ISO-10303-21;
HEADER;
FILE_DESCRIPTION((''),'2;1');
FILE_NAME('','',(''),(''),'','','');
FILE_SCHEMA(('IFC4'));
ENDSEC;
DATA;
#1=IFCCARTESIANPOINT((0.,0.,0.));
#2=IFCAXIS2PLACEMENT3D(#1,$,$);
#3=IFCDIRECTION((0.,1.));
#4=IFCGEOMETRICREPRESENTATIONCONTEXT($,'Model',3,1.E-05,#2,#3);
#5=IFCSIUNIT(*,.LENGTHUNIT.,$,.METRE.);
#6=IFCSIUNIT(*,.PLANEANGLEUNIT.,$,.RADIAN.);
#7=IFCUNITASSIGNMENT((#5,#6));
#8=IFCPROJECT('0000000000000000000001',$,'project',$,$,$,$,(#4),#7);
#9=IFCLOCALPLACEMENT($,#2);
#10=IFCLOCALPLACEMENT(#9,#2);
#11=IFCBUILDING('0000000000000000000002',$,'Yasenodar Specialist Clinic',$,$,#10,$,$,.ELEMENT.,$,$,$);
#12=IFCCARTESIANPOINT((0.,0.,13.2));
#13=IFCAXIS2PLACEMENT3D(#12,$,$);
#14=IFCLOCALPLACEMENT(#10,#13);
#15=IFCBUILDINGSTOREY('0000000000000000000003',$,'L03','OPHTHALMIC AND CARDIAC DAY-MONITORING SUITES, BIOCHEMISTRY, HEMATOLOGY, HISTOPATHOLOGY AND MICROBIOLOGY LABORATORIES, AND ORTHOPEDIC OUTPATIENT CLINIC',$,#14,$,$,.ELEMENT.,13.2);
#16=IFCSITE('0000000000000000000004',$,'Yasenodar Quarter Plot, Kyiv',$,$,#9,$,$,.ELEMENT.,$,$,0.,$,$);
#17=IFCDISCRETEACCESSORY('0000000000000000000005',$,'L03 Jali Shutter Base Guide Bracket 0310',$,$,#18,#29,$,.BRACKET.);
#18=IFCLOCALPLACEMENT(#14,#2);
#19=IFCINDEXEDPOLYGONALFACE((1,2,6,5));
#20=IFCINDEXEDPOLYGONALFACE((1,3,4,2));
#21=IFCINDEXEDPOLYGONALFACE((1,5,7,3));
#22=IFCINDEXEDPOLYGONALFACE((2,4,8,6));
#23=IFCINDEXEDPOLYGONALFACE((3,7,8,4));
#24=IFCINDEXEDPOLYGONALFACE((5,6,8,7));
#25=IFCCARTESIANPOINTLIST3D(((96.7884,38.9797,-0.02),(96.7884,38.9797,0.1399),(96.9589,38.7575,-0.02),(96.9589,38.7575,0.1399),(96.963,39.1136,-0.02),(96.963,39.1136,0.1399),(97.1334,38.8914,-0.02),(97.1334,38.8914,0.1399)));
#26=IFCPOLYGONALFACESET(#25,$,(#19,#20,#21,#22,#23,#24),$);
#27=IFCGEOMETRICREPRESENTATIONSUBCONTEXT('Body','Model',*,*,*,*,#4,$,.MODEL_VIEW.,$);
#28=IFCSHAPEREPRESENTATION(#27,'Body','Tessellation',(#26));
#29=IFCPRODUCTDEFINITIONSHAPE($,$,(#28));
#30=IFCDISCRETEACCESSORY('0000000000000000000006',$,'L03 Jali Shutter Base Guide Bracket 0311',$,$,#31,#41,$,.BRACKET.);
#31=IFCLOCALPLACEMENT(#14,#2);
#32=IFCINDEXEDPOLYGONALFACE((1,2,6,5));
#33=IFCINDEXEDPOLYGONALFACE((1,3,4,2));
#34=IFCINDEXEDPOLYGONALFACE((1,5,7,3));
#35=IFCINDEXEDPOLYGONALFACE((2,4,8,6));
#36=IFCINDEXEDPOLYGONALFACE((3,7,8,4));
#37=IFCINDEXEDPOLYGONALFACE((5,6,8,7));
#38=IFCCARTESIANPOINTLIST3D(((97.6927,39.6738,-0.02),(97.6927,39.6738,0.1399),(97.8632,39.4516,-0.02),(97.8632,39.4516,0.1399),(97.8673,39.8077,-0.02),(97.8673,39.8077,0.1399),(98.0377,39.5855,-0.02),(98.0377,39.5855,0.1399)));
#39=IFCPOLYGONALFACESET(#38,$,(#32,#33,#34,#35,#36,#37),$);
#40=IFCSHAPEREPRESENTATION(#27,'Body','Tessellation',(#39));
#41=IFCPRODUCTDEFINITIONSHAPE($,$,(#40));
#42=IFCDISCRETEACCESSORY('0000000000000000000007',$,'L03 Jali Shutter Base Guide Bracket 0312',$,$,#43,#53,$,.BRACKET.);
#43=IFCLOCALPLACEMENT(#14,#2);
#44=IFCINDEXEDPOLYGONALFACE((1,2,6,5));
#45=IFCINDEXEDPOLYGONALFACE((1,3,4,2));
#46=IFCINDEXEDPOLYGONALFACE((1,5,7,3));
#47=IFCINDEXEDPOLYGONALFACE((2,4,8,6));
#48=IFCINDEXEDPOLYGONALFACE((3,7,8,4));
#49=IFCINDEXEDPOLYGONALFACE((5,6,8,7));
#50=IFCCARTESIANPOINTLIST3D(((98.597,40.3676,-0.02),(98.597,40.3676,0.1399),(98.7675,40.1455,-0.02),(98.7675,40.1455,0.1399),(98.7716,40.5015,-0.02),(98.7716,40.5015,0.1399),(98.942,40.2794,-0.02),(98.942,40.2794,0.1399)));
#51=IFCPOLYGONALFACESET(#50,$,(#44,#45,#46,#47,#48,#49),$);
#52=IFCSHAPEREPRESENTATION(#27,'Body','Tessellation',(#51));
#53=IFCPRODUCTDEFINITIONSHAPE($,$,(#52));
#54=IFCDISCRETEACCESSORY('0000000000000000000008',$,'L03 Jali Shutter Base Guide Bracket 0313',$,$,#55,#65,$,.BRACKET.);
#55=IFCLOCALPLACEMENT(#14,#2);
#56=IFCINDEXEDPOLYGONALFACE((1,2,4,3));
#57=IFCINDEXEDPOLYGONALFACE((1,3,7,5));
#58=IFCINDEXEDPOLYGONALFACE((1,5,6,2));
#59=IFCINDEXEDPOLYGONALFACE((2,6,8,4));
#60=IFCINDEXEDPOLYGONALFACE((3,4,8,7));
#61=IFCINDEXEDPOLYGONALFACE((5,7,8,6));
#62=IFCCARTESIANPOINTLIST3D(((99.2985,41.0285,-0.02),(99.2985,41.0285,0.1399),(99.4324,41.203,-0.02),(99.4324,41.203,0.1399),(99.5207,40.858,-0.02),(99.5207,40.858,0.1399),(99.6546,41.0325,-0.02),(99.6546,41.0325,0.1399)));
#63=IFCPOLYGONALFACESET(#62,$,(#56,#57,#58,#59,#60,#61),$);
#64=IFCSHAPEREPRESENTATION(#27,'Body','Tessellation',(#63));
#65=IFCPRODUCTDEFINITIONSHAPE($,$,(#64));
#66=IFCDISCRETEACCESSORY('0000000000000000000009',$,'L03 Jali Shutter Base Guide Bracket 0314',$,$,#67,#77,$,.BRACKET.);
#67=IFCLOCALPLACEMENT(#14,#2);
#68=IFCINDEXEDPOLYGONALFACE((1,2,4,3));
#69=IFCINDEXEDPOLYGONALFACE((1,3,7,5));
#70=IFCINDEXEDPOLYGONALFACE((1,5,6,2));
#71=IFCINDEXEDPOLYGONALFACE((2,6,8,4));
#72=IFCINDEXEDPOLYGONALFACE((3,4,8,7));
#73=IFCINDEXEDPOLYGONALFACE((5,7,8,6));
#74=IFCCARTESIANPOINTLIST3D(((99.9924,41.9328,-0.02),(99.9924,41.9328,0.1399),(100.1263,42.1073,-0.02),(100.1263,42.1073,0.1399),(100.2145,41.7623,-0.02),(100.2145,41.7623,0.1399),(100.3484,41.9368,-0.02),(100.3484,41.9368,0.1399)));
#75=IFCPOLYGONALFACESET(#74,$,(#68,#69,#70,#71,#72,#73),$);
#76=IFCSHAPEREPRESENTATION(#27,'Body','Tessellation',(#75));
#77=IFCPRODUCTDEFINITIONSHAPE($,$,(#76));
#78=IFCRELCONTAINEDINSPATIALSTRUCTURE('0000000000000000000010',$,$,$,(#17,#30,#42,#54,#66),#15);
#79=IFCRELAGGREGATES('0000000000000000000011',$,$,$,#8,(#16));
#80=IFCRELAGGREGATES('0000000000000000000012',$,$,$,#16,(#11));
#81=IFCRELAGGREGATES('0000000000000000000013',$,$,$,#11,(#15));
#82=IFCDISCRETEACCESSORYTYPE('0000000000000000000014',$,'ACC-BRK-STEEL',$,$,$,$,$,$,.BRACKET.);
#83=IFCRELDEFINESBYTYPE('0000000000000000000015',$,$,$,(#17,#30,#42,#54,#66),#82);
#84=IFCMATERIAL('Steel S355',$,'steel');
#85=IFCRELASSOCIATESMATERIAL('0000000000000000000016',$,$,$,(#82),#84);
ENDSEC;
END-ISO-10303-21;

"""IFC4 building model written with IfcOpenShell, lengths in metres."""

from ifc_helpers import new_model, si_unit, direction, frame, origin, origin_2d, place, context, subcontext, project, spatial, rectangle, extrude, material, type_object, element, save


model = new_model("IFC4")

# Units and contexts
model_context = context("Model", 3, precision=1e-05, world=origin(), true_north=direction((0.0, 1.0)))
body_context = subcontext(model_context, "Body", "Model", "MODEL_VIEW")
ifc_project = project(units=[si_unit("LENGTHUNIT", "METRE"), si_unit("PLANEANGLEUNIT", "RADIAN")], contexts=[model_context])

# Site, building, storey
site_placement = place(None, origin())
site = spatial("IfcSite", under=ifc_project, at=site_placement, Name="Yasenodar Quarter Plot, Kyiv", CompositionType="ELEMENT", RefElevation=0.0)
building_placement = place(site_placement, origin())
building = spatial("IfcBuilding", under=site, at=building_placement, Name="Yasenodar Specialist Clinic", CompositionType="ELEMENT")
storey_placement = place(building_placement, frame((0.0, 0.0, 13.2)))
storey = spatial("IfcBuildingStorey", under=building, at=storey_placement, Name="L03", Description="OPHTHALMIC AND CARDIAC DAY-MONITORING SUITES, BIOCHEMISTRY, HEMATOLOGY, HISTOPATHOLOGY AND MICROBIOLOGY LABORATORIES, AND ORTHOPEDIC OUTPATIENT CLINIC", CompositionType="ELEMENT", Elevation=13.2)

# Shared definitions
ifc_material_1 = material(Name="Steel S355", Category="steel")

# Discrete accessories
discrete_accessory_type = type_object("IfcDiscreteAccessoryType", Name="ACC-BRK-STEEL", PredefinedType="BRACKET", material=ifc_material_1)
for number, where, z_axis, x_axis, name in (
    (1, (96.9609, 38.9355, -0.02), (0.0, 0.0, 1.0), (0.793351, 0.608764, 0.0), "L03 Jali Shutter Base Guide Bracket 0310"),
    (2, (97.8652, 39.6296, -0.02), (0.0, 0.0, 1.0), (0.793351, 0.608764, 0.0), "L03 Jali Shutter Base Guide Bracket 0311"),
    (3, (98.7695, 40.3235, -0.02), (0.0, 0.0, 1.0), (0.793351, 0.608764, 0.0), "L03 Jali Shutter Base Guide Bracket 0312"),
    (4, (99.4766, 41.0305, -0.02), (0.0, 0.0, 1.0), (0.608764, 0.793351, 0.0), "L03 Jali Shutter Base Guide Bracket 0313"),
    (5, (100.1704, 41.9348, -0.02), (0.0, 0.0, 1.0), (0.608764, 0.793351, 0.0), "L03 Jali Shutter Base Guide Bracket 0314"),
):
    element("IfcDiscreteAccessory", number, at=place(storey_placement, frame(where, z_axis=z_axis, x_axis=x_axis)), inside=storey, type_object=discrete_accessory_type, Name=name, PredefinedType="BRACKET", context=body_context, shape_type="SweptSolid", body=[
        extrude(rectangle(XDim=0.22, YDim=0.28, at=origin_2d()), origin(), (0.0, 0.0, 1.0), 0.1599),
    ])

save(model, "model.ifc")
